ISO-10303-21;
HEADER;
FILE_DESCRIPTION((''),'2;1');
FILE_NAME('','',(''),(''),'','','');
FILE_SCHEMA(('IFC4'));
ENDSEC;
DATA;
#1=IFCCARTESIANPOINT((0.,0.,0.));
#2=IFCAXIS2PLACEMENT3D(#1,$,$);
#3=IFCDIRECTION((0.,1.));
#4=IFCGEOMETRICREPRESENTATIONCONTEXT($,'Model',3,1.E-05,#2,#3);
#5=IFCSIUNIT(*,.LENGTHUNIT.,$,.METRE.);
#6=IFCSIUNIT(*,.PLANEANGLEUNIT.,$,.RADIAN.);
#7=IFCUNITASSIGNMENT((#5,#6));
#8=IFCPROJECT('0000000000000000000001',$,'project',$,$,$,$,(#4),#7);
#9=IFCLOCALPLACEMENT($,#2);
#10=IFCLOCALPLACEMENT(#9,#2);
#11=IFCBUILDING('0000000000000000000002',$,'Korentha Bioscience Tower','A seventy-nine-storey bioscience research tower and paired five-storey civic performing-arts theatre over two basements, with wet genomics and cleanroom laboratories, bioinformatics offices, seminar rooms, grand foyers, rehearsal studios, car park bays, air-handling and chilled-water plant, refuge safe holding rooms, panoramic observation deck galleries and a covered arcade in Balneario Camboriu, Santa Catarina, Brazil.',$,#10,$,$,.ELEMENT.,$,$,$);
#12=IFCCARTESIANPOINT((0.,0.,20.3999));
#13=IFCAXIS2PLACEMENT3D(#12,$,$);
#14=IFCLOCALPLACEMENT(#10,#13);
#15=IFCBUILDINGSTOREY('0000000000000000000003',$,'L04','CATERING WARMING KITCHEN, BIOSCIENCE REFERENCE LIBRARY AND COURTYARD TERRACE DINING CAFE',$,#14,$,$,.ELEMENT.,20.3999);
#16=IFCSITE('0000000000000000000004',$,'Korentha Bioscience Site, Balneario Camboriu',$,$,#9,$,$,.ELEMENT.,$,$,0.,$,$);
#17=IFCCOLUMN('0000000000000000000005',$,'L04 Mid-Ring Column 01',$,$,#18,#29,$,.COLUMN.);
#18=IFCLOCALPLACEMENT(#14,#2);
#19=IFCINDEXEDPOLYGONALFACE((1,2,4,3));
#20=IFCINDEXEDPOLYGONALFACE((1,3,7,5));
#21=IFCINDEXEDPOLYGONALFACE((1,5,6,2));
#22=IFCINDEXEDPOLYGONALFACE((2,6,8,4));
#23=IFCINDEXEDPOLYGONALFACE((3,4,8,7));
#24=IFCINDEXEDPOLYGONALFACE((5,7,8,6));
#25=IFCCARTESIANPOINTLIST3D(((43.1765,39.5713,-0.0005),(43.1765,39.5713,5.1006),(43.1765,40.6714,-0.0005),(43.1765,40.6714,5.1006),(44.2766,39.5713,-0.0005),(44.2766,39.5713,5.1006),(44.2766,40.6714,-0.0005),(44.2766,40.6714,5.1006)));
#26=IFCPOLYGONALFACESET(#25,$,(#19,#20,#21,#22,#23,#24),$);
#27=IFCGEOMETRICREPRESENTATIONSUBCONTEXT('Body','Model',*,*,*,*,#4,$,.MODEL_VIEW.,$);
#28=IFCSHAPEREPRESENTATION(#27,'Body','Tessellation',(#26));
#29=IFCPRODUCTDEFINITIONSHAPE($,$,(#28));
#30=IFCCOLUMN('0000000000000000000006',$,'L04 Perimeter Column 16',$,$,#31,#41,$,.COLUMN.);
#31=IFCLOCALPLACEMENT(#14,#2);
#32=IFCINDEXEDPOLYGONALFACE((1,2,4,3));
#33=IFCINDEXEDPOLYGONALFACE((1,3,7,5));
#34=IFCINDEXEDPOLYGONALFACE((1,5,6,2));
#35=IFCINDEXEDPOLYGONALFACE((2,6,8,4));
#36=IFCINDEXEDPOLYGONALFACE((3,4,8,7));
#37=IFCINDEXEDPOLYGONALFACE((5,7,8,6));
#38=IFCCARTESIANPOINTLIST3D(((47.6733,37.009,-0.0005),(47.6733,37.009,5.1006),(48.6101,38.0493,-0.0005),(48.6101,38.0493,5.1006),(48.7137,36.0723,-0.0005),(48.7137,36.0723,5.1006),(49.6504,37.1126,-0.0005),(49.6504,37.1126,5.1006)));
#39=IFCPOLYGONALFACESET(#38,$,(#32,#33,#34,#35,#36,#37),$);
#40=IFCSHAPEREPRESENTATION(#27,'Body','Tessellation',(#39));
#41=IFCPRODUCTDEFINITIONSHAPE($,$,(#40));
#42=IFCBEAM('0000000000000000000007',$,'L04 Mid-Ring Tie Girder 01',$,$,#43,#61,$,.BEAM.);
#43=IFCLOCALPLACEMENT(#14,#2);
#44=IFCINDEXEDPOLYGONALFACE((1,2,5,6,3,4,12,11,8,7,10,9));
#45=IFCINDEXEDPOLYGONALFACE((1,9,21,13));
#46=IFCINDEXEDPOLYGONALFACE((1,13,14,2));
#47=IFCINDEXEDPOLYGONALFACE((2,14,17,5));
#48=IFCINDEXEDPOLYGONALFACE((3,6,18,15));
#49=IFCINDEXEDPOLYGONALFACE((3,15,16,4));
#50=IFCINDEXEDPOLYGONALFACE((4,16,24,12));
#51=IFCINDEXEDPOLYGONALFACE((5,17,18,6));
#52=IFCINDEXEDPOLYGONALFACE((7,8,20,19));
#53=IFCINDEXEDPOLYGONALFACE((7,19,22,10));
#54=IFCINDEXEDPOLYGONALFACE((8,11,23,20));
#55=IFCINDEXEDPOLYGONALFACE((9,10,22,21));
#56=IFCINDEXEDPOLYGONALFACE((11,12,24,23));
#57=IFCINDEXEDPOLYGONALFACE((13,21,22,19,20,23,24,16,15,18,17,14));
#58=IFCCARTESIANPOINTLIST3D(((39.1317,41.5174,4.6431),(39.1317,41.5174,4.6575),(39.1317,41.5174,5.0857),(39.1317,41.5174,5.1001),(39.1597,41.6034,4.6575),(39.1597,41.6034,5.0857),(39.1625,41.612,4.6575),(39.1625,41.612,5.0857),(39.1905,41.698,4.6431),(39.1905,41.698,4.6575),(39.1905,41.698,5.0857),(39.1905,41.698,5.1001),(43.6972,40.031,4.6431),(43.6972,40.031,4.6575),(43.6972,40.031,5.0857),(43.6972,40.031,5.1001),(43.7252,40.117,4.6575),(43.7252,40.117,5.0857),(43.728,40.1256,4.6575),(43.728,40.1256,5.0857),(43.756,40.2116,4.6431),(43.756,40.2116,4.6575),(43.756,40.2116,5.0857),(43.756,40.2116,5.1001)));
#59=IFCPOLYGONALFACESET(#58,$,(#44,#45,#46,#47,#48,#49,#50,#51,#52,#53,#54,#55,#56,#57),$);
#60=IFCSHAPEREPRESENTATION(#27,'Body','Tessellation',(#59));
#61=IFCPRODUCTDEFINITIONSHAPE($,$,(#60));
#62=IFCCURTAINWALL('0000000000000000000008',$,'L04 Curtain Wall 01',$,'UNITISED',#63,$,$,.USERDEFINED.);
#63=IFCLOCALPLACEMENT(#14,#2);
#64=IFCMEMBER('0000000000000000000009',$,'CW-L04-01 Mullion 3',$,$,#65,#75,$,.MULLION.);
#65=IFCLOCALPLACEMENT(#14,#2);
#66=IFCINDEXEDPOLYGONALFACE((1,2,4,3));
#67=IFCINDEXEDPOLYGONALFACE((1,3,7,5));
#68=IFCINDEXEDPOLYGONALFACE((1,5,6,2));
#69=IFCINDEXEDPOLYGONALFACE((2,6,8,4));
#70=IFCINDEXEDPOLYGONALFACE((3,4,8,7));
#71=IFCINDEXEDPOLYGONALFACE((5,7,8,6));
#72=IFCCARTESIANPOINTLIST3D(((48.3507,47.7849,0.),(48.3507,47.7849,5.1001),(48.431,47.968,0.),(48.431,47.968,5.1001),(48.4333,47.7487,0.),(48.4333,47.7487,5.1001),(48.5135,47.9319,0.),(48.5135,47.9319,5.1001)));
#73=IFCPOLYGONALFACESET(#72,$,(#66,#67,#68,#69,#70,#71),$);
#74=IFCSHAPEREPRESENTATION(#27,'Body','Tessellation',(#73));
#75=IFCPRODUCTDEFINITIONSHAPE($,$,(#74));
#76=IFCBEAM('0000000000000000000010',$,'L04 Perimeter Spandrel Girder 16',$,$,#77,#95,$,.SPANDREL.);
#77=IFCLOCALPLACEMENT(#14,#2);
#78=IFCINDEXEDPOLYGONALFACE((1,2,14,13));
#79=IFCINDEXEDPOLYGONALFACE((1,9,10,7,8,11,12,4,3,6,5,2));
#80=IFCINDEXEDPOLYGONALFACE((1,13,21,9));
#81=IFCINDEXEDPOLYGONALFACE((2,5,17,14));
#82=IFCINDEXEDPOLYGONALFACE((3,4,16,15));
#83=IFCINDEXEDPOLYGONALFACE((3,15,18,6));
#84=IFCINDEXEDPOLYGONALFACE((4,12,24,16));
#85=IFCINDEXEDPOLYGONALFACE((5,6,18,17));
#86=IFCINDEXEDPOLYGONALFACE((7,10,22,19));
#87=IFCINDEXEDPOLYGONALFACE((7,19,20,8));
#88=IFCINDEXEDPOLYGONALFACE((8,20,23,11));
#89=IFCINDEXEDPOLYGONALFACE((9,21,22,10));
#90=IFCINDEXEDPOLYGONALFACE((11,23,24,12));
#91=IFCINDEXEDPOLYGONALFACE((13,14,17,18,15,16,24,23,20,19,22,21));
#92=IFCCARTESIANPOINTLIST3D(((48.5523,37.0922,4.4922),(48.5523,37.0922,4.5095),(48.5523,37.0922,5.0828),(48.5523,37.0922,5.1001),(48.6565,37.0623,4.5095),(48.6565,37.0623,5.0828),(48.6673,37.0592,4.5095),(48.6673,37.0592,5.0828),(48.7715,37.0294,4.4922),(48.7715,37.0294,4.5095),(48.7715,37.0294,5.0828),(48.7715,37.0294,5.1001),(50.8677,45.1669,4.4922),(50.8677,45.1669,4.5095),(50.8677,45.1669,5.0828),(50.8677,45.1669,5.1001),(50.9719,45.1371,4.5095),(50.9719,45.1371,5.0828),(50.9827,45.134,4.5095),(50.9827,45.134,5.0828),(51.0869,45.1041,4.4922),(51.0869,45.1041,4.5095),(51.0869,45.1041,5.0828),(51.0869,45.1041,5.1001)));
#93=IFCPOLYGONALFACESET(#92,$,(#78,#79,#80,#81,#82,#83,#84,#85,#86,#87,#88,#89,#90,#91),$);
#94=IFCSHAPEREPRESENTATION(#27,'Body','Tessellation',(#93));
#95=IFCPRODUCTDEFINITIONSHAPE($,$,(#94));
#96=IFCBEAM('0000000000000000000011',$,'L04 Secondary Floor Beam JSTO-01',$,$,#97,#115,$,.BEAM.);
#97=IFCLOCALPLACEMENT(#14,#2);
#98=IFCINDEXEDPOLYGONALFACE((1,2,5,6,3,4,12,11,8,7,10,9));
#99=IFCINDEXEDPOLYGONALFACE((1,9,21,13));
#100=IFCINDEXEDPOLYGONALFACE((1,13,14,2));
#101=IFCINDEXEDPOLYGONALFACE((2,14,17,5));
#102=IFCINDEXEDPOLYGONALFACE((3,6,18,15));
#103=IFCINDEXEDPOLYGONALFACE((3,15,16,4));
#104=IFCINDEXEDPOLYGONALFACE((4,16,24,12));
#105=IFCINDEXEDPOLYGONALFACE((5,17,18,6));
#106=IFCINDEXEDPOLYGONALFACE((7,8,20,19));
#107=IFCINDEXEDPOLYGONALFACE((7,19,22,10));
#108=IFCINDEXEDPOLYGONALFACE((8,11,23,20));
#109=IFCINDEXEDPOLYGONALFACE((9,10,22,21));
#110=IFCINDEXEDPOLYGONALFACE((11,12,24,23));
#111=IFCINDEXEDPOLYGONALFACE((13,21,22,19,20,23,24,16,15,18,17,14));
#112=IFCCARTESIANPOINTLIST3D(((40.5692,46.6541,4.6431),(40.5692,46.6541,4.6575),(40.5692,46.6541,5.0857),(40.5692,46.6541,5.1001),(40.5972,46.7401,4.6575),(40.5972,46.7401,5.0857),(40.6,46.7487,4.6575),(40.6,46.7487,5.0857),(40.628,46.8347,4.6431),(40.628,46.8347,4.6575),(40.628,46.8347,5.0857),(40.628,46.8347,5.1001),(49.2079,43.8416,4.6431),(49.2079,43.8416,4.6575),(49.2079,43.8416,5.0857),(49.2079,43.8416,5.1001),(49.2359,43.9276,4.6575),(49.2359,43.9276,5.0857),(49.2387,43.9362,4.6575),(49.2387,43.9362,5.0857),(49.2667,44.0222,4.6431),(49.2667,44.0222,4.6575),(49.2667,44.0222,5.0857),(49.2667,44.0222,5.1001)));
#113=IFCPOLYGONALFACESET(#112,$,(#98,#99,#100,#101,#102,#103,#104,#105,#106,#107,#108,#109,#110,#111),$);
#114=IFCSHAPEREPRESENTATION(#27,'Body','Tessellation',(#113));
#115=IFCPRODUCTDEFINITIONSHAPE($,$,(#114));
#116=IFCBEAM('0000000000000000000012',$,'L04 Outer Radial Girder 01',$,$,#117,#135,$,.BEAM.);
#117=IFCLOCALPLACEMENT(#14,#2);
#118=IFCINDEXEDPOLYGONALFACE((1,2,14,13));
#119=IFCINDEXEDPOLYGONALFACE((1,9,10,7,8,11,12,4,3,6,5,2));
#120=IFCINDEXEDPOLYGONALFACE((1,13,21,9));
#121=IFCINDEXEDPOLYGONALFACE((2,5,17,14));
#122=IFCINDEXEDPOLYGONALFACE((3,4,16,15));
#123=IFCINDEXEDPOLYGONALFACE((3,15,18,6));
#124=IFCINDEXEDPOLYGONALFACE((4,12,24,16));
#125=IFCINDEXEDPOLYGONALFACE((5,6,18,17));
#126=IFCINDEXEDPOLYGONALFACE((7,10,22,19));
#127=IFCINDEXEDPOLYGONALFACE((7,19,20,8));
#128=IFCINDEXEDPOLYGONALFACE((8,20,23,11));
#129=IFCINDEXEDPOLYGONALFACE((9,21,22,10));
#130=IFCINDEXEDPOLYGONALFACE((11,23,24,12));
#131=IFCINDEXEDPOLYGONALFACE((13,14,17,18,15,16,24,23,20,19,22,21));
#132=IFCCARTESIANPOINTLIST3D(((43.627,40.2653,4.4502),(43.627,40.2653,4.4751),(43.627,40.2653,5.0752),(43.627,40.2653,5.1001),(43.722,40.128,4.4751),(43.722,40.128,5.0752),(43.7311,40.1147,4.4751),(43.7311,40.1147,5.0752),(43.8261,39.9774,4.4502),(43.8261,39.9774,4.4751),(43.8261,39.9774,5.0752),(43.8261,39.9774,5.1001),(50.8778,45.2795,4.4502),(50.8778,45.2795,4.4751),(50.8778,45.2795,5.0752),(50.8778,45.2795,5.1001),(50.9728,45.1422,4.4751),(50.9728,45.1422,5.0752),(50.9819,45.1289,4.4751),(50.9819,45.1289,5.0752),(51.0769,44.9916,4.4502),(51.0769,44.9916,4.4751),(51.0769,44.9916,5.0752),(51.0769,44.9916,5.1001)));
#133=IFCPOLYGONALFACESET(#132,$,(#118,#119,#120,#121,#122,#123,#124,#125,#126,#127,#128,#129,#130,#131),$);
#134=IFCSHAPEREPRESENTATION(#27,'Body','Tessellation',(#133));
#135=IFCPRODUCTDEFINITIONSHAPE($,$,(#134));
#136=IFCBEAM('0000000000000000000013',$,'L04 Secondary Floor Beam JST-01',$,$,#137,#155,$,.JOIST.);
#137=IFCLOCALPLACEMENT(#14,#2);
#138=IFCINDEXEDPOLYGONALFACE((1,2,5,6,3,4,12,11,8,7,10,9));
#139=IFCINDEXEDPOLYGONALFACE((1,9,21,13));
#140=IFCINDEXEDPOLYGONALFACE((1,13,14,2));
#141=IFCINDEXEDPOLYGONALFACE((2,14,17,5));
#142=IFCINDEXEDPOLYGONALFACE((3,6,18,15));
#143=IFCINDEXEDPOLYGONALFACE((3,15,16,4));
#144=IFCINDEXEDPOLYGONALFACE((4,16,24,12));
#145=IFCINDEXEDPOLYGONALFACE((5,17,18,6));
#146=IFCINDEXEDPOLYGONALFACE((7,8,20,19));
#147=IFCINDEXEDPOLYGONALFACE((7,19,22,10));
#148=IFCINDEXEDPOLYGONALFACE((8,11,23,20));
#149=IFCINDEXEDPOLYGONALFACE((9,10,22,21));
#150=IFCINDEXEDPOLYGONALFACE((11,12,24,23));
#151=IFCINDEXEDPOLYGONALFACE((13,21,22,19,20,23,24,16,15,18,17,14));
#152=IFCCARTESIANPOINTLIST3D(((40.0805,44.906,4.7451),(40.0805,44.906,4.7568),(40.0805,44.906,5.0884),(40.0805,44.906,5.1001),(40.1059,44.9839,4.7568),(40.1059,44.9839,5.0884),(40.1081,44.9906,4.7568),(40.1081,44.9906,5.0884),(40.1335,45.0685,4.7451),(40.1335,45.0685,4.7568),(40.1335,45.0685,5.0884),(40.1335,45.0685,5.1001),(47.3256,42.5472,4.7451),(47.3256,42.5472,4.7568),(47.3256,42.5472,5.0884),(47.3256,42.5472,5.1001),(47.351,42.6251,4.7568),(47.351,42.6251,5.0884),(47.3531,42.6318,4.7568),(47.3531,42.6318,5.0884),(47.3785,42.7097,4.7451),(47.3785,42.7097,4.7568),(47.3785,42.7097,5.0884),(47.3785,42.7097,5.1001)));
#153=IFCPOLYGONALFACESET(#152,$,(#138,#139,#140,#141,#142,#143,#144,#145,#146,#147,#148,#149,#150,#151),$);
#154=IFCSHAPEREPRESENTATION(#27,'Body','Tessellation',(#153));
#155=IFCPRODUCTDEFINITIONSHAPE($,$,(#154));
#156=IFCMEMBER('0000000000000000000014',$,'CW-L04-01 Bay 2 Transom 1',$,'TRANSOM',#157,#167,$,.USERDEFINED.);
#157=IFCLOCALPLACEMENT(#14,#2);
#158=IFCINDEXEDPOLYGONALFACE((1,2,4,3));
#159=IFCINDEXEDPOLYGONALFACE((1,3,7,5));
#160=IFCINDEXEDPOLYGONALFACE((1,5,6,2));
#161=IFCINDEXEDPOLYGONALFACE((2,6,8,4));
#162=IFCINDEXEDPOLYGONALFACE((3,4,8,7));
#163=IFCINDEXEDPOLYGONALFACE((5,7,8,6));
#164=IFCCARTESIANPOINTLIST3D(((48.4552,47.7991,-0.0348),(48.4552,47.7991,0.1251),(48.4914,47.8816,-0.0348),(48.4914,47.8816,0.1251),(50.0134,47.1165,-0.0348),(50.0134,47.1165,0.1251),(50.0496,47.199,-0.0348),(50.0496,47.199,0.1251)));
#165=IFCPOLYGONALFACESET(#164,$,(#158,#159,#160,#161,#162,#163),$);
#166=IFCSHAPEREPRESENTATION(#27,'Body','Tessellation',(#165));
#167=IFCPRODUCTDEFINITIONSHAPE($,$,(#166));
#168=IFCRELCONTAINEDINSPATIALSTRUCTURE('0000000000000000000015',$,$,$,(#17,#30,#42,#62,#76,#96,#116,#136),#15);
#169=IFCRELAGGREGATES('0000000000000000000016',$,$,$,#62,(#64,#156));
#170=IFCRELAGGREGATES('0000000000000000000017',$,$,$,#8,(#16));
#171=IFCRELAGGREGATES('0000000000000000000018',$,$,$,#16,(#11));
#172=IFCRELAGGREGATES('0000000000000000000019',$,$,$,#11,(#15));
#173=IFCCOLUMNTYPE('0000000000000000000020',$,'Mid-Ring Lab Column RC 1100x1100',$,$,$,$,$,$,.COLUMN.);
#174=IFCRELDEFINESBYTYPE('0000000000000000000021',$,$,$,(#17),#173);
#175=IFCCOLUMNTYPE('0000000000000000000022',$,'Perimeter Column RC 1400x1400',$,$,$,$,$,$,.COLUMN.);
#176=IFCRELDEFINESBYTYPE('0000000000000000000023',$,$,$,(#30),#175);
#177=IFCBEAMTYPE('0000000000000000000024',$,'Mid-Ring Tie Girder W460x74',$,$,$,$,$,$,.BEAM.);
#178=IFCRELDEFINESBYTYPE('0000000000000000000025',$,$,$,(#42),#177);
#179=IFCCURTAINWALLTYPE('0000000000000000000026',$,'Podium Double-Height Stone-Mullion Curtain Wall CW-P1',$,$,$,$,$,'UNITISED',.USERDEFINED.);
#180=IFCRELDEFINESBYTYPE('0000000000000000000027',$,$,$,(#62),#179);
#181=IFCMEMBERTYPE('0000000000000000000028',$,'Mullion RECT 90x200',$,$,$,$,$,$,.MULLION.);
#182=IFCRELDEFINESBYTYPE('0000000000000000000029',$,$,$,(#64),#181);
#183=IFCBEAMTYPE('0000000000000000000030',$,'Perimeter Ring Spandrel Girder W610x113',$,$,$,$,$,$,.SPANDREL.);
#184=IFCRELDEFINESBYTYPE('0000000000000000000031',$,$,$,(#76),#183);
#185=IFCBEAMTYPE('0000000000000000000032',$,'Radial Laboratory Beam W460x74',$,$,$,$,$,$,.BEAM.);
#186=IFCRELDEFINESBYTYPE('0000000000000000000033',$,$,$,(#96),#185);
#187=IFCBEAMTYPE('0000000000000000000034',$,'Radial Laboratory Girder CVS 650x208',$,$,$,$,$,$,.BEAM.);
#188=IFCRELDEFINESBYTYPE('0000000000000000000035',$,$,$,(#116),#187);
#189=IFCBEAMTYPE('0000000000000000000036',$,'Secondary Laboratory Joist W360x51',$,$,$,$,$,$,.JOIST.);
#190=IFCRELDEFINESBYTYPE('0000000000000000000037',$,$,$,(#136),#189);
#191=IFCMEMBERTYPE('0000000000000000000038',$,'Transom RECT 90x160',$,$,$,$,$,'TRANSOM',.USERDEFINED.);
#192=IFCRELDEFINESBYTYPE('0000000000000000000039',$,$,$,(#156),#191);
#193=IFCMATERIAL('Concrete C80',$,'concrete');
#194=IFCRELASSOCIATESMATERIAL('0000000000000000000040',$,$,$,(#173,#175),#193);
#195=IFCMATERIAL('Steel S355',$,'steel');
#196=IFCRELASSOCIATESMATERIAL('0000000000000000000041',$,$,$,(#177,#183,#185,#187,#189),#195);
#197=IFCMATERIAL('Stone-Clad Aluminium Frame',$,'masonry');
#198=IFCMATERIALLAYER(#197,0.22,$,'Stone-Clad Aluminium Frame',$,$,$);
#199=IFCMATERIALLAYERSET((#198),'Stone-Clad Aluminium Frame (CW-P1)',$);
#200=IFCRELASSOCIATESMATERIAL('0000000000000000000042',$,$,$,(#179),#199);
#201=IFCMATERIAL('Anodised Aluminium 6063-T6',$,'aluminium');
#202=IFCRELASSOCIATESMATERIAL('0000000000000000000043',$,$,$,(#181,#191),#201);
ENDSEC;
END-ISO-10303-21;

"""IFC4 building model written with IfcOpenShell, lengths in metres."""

from ifc_helpers import new_model, si_unit, direction, frame, origin, origin_2d, place, context, subcontext, project, spatial, rectangle, i_section, extrude, material, layer, layer_set, material_profile, profile_set, type_object, element, aggregate, save


model = new_model("IFC4")

# Units and contexts
model_context = context("Model", 3, precision=1e-05, world=origin(), true_north=direction((0.0, 1.0)))
body_context = subcontext(model_context, "Body", "Model", "MODEL_VIEW")
ifc_project = project(units=[si_unit("LENGTHUNIT", "METRE"), si_unit("PLANEANGLEUNIT", "RADIAN")], contexts=[model_context])

# Site, building, storey
site_placement = place(None, origin())
site = spatial("IfcSite", under=ifc_project, at=site_placement, Name="Korentha Bioscience Site, Balneario Camboriu", CompositionType="ELEMENT", RefElevation=0.0)
building_placement = place(site_placement, origin())
building = spatial("IfcBuilding", under=site, at=building_placement, Name="Korentha Bioscience Tower", Description="A seventy-nine-storey bioscience research tower and paired five-storey civic performing-arts theatre over two basements, with wet genomics and cleanroom laboratories, bioinformatics offices, seminar rooms, grand foyers, rehearsal studios, car park bays, air-handling and chilled-water plant, refuge safe holding rooms, panoramic observation deck galleries and a covered arcade in Balneario Camboriu, Santa Catarina, Brazil.", CompositionType="ELEMENT")
storey_placement = place(building_placement, frame((0.0, 0.0, 20.3999)))
storey = spatial("IfcBuildingStorey", under=building, at=storey_placement, Name="L04", Description="CATERING WARMING KITCHEN, BIOSCIENCE REFERENCE LIBRARY AND COURTYARD TERRACE DINING CAFE", CompositionType="ELEMENT", Elevation=20.3999)

# Columns
ifc_material_1 = material(Name="Concrete C80", Category="concrete")
ifc_material_profile_1 = material_profile(ifc_material_1, rectangle(XDim=1.1001, YDim=1.1001, at=origin_2d()), Name="Concrete C80")
ifc_profile_set_1 = profile_set([ifc_material_profile_1], Name="Concrete C80 (COL-MR11)")
column_type_1 = type_object("IfcColumnType", Name="Mid-Ring Lab Column RC 1100x1100", PredefinedType="COLUMN", material=ifc_profile_set_1)
column_1_placement = place(storey_placement, frame((43.7266, 40.1213, -0.0005), z_axis=(0.0, 0.0, 1.0), x_axis=(1.0, 0.0, 0.0)))
element("IfcColumn", 1, at=column_1_placement, inside=storey, type_object=column_type_1, Name="L04 Mid-Ring Column 01", PredefinedType="COLUMN", context=body_context, shape_type="SweptSolid", body=[
    extrude(rectangle(XDim=1.1001, YDim=1.1001, at=origin_2d()), origin(), (0.0, 0.0, 1.0), 5.1011),
])
ifc_material_profile_2 = material_profile(ifc_material_1, rectangle(XDim=1.3999, YDim=1.3999, at=origin_2d()), Name="Concrete C80")
ifc_profile_set_2 = profile_set([ifc_material_profile_2], Name="Concrete C80 (COL-P14)")
column_type_2 = type_object("IfcColumnType", Name="Perimeter Column RC 1400x1400", PredefinedType="COLUMN", material=ifc_profile_set_2)
column_2_placement = place(storey_placement, frame((48.6619, 37.0608, -0.0005), z_axis=(0.0, 0.0, 1.0), x_axis=(0.669131, 0.743145, 0.0)))
element("IfcColumn", 2, at=column_2_placement, inside=storey, type_object=column_type_2, Name="L04 Perimeter Column 16", PredefinedType="COLUMN", context=body_context, shape_type="SweptSolid", body=[
    extrude(rectangle(XDim=1.3999, YDim=1.3999, at=origin_2d()), origin(), (0.0, 0.0, 1.0), 5.1011),
])

# Beam
ifc_material_2 = material(Name="Steel S355", Category="steel")
ifc_material_profile_3 = material_profile(ifc_material_2, i_section(OverallWidth=0.1899, OverallDepth=0.457, WebThickness=0.009, FlangeThickness=0.0144, at=origin_2d()), Name="Steel S355")
ifc_profile_set_3 = profile_set([ifc_material_profile_3], Name="Steel S355 (MB-460)")
beam_type_1 = type_object("IfcBeamType", Name="Mid-Ring Tie Girder W460x74", PredefinedType="BEAM", material=ifc_profile_set_3)
beam_1_placement = place(storey_placement, frame((43.7266, 40.1213, 4.8716), z_axis=(-0.950877, 0.309569, 0.0), x_axis=(-0.309569, -0.950877, 0.0)))
element("IfcBeam", 3, at=beam_1_placement, inside=storey, type_object=beam_type_1, Name="L04 Mid-Ring Tie Girder 01", PredefinedType="BEAM", context=body_context, shape_type="SweptSolid", body=[
    extrude(i_section(OverallWidth=0.1899, OverallDepth=0.457, WebThickness=0.009, FlangeThickness=0.0144, at=origin_2d()), origin(), (0.0, 0.0, 1.0), 4.8013),
])

# Curtain wall, member
ifc_material_3 = material(Name="Stone-Clad Aluminium Frame", Category="masonry")
ifc_layer_1 = layer(ifc_material_3, 0.22, Name="Stone-Clad Aluminium Frame")
ifc_layer_set_1 = layer_set([ifc_layer_1], Name="Stone-Clad Aluminium Frame (CW-P1)")
curtain_wall_type = type_object("IfcCurtainWallType", Name="Podium Double-Height Stone-Mullion Curtain Wall CW-P1", ElementType="UNITISED", PredefinedType="USERDEFINED", material=ifc_layer_set_1)
curtain_wall_placement = place(storey_placement, origin())
curtain_wall = element("IfcCurtainWall", 4, at=curtain_wall_placement, inside=storey, type_object=curtain_wall_type, Name="L04 Curtain Wall 01", ObjectType="UNITISED", PredefinedType="USERDEFINED")
ifc_material_4 = material(Name="Anodised Aluminium 6063-T6", Category="aluminium")
ifc_material_profile_4 = material_profile(ifc_material_4, rectangle(XDim=0.0901, YDim=0.2, at=origin_2d()), Name="Anodised Aluminium 6063-T6")
ifc_profile_set_4 = profile_set([ifc_material_profile_4], Name="Anodised Aluminium 6063-T6 (CW-MUL)")
member_type_1 = type_object("IfcMemberType", Name="Mullion RECT 90x200", PredefinedType="MULLION", material=ifc_profile_set_4)
member_1_placement = place(storey_placement, frame((48.4321, 47.8584, 0.0), z_axis=(0.0, 0.0, 1.0), x_axis=(-0.915939, 0.401317, 0.0)))
member_1 = element("IfcMember", 5, at=member_1_placement, type_object=member_type_1, Name="CW-L04-01 Mullion 3", PredefinedType="MULLION", context=body_context, shape_type="SweptSolid", body=[
    extrude(rectangle(XDim=0.0901, YDim=0.2, at=origin_2d()), origin(), (0.0, 0.0, 1.0), 5.1001),
])

# Beams
ifc_material_profile_5 = material_profile(ifc_material_2, i_section(OverallWidth=0.228, OverallDepth=0.6079, WebThickness=0.0112, FlangeThickness=0.0173, at=origin_2d()), Name="Steel S355")
ifc_profile_set_5 = profile_set([ifc_material_profile_5], Name="Steel S355 (SB-610)")
beam_type_2 = type_object("IfcBeamType", Name="Perimeter Ring Spandrel Girder W610x113", PredefinedType="SPANDREL", material=ifc_profile_set_5)
beam_2_placement = place(storey_placement, frame((48.6619, 37.0608, 4.7961), z_axis=(0.275642, 0.96126, 0.0), x_axis=(-0.96126, 0.275642, 0.0)))
element("IfcBeam", 6, at=beam_2_placement, inside=storey, type_object=beam_type_2, Name="L04 Perimeter Spandrel Girder 16", PredefinedType="SPANDREL", context=body_context, shape_type="SweptSolid", body=[
    extrude(i_section(OverallWidth=0.228, OverallDepth=0.6079, WebThickness=0.0112, FlangeThickness=0.0173, at=origin_2d()), origin(), (0.0, 0.0, 1.0), 8.4001),
])
ifc_material_profile_6 = material_profile(ifc_material_2, i_section(OverallWidth=0.1899, OverallDepth=0.457, WebThickness=0.009, FlangeThickness=0.0144, at=origin_2d()), Name="Steel S355")
ifc_profile_set_6 = profile_set([ifc_material_profile_6], Name="Steel S355 (RB-460)")
beam_type_3 = type_object("IfcBeamType", Name="Radial Laboratory Beam W460x74", PredefinedType="BEAM", material=ifc_profile_set_6)
beam_3_placement = place(storey_placement, frame((49.2373, 43.9319, 4.8716), z_axis=(-0.950874, 0.309577, 0.0), x_axis=(-0.309577, -0.950874, 0.0)))
element("IfcBeam", 7, at=beam_3_placement, inside=storey, type_object=beam_type_3, Name="L04 Secondary Floor Beam JSTO-01", PredefinedType="BEAM", context=body_context, shape_type="SweptSolid", body=[
    extrude(i_section(OverallWidth=0.1899, OverallDepth=0.457, WebThickness=0.009, FlangeThickness=0.0144, at=origin_2d()), origin(), (0.0, 0.0, 1.0), 9.085),
])
ifc_material_profile_7 = material_profile(ifc_material_2, i_section(OverallWidth=0.3501, OverallDepth=0.6499, WebThickness=0.0161, FlangeThickness=0.0249, at=origin_2d()), Name="Steel S355")
ifc_profile_set_7 = profile_set([ifc_material_profile_7], Name="Steel S355 (RB-650)")
beam_type_4 = type_object("IfcBeamType", Name="Radial Laboratory Girder CVS 650x208", PredefinedType="BEAM", material=ifc_profile_set_7)
beam_4_placement = place(storey_placement, frame((43.7266, 40.1213, 4.7751), z_axis=(0.822488, 0.568782, 0.0), x_axis=(-0.568782, 0.822488, 0.0)))
element("IfcBeam", 8, at=beam_4_placement, inside=storey, type_object=beam_type_4, Name="L04 Outer Radial Girder 01", PredefinedType="BEAM", context=body_context, shape_type="SweptSolid", body=[
    extrude(i_section(OverallWidth=0.3501, OverallDepth=0.6499, WebThickness=0.0161, FlangeThickness=0.0249, at=origin_2d()), origin(), (0.0, 0.0, 1.0), 8.8157),
])
ifc_material_profile_8 = material_profile(ifc_material_2, i_section(OverallWidth=0.1709, OverallDepth=0.355, WebThickness=0.0071, FlangeThickness=0.0117, at=origin_2d()), Name="Steel S355")
ifc_profile_set_8 = profile_set([ifc_material_profile_8], Name="Steel S355 (JB-360)")
beam_type_5 = type_object("IfcBeamType", Name="Secondary Laboratory Joist W360x51", PredefinedType="JOIST", material=ifc_profile_set_8)
beam_5_placement = place(storey_placement, frame((47.3521, 42.6284, 4.9226), z_axis=(-0.950871, 0.309587, 0.0), x_axis=(-0.309587, -0.950871, 0.0)))
element("IfcBeam", 9, at=beam_5_placement, inside=storey, type_object=beam_type_5, Name="L04 Secondary Floor Beam JST-01", PredefinedType="JOIST", context=body_context, shape_type="SweptSolid", body=[
    extrude(i_section(OverallWidth=0.1709, OverallDepth=0.355, WebThickness=0.0071, FlangeThickness=0.0117, at=origin_2d()), origin(), (0.0, 0.0, 1.0), 7.6194),
])

# Member
ifc_material_profile_9 = material_profile(ifc_material_4, rectangle(XDim=0.0901, YDim=0.1599, at=origin_2d()), Name="Anodised Aluminium 6063-T6")
ifc_profile_set_9 = profile_set([ifc_material_profile_9], Name="Anodised Aluminium 6063-T6 (CW-TRN)")
member_type_2 = type_object("IfcMemberType", Name="Transom RECT 90x160", ElementType="TRANSOM", PredefinedType="USERDEFINED", material=ifc_profile_set_9)
member_2_placement = place(storey_placement, frame((50.0315, 47.1577, 0.0452), z_axis=(-0.915953, 0.401286, 0.0), x_axis=(-0.401286, -0.915953, 0.0)))
member_2 = element("IfcMember", 10, at=member_2_placement, type_object=member_type_2, Name="CW-L04-01 Bay 2 Transom 1", ObjectType="TRANSOM", PredefinedType="USERDEFINED", context=body_context, shape_type="SweptSolid", body=[
    extrude(rectangle(XDim=0.0901, YDim=0.1599, at=origin_2d()), origin(), (0.0, 0.0, 1.0), 1.7012),
])

aggregate(curtain_wall, [member_1, member_2])

save(model, "model.ifc")
